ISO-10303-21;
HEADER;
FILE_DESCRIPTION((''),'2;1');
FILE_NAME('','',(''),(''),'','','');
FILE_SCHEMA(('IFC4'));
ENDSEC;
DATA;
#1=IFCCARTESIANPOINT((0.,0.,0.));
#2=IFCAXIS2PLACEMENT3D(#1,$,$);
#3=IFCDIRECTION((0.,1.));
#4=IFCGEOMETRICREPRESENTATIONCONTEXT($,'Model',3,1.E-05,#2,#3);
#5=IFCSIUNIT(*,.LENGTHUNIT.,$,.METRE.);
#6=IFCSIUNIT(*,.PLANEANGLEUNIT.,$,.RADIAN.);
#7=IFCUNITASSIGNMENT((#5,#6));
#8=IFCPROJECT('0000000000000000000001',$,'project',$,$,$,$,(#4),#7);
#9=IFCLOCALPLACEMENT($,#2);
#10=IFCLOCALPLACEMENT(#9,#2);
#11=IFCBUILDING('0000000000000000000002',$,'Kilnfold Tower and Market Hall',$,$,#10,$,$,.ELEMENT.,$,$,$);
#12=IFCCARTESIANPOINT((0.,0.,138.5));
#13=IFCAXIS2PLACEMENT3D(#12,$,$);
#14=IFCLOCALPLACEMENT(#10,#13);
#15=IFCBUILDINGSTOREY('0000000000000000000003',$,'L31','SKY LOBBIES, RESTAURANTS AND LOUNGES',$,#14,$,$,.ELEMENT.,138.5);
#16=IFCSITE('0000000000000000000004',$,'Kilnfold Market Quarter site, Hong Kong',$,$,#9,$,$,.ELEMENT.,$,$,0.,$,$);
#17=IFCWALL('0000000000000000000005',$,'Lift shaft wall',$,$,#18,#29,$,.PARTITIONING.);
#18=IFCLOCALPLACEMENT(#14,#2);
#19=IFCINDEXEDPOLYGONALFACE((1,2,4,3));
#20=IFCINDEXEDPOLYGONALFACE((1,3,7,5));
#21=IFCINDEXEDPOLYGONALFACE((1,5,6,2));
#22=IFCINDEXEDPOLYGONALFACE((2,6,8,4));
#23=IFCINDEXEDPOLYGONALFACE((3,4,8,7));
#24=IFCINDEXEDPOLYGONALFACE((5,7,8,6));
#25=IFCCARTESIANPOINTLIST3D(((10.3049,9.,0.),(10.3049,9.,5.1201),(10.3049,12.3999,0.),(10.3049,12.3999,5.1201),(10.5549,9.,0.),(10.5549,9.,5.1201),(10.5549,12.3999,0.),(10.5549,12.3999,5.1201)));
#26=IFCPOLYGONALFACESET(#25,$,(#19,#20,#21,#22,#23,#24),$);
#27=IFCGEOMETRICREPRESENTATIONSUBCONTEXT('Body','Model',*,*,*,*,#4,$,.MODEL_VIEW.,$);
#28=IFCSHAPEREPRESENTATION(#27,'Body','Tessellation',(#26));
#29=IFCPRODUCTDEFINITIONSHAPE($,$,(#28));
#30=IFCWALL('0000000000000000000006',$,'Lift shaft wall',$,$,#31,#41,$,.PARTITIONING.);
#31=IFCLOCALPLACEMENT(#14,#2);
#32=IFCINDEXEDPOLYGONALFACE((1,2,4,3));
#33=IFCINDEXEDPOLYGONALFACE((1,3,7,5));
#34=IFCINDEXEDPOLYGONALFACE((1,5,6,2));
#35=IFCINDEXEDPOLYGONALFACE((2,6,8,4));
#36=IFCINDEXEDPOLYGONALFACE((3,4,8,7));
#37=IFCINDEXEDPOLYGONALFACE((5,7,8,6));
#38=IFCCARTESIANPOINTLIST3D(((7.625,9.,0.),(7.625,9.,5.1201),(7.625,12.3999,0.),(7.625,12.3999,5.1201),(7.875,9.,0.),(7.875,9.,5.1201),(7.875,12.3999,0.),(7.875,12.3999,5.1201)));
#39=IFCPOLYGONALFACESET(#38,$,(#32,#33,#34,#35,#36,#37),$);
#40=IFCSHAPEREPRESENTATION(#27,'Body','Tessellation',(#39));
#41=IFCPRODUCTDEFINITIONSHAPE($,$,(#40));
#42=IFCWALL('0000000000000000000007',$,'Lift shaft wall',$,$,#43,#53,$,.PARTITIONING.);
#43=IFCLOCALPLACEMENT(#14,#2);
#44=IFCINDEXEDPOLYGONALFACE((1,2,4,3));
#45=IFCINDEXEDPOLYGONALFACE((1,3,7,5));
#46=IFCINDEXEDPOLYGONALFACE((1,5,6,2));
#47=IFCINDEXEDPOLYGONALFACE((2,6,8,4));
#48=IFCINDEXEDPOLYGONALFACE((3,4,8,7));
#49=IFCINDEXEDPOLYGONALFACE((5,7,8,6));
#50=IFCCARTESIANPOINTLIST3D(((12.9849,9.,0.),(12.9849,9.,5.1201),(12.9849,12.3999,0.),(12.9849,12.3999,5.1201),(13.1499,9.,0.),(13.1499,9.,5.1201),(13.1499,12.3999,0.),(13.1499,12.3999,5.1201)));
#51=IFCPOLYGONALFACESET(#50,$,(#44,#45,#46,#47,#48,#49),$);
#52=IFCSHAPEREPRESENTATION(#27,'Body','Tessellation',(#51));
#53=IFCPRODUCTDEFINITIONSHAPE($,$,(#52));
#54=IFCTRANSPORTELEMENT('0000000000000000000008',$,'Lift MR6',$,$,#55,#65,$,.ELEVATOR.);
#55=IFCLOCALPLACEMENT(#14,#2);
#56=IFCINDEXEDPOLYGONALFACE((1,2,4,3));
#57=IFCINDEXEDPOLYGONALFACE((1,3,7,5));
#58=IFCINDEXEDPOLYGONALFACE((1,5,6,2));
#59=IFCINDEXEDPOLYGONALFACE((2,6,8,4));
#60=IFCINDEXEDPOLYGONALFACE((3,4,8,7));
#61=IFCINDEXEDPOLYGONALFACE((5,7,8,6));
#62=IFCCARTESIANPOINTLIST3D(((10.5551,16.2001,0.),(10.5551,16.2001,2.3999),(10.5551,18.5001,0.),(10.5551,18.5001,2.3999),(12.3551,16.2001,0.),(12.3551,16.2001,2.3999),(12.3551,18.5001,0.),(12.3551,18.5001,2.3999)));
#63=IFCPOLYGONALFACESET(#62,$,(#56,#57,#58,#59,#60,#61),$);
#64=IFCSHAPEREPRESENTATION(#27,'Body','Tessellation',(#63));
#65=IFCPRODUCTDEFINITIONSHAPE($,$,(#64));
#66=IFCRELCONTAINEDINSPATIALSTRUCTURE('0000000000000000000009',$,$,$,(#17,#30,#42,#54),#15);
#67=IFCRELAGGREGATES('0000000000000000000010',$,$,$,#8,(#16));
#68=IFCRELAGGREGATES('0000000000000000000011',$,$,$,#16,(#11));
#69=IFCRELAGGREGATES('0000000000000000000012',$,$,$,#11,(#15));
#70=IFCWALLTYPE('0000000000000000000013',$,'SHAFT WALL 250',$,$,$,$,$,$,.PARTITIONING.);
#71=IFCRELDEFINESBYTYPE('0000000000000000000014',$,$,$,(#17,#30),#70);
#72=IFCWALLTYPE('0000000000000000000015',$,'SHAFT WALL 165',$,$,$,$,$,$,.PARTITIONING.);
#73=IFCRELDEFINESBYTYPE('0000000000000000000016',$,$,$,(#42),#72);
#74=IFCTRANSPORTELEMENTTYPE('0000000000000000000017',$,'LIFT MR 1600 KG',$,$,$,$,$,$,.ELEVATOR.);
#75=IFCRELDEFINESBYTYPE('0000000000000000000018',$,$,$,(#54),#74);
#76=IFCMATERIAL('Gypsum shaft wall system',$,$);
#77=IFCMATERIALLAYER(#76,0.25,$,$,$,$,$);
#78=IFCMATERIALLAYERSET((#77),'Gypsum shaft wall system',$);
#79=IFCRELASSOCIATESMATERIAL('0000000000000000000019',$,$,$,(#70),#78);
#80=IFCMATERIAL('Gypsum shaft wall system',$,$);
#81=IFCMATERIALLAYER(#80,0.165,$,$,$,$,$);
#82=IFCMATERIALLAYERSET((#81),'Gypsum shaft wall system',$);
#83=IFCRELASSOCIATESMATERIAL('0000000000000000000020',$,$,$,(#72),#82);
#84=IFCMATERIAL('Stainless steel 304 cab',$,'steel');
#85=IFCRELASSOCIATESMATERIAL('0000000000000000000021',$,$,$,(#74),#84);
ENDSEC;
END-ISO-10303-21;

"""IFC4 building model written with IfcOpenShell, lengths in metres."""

from ifc_helpers import new_model, si_unit, direction, frame, frame_2d, origin, origin_2d, place, context, subcontext, project, spatial, rectangle, extrude, source, transform, mapped, material, layer, layer_set, type_object, element, save


model = new_model("IFC4")

# Units and contexts
model_context = context("Model", 3, precision=1e-05, world=origin(), true_north=direction((0.0, 1.0)))
body_context = subcontext(model_context, "Body", "Model", "MODEL_VIEW")
ifc_project = project(units=[si_unit("LENGTHUNIT", "METRE"), si_unit("PLANEANGLEUNIT", "RADIAN")], contexts=[model_context])

# Site, building, storey
site_placement = place(None, origin())
site = spatial("IfcSite", under=ifc_project, at=site_placement, Name="Kilnfold Market Quarter site, Hong Kong", CompositionType="ELEMENT", RefElevation=0.0)
building_placement = place(site_placement, origin())
building = spatial("IfcBuilding", under=site, at=building_placement, Name="Kilnfold Tower and Market Hall", CompositionType="ELEMENT")
storey_placement = place(building_placement, frame((0.0, 0.0, 138.5)))
storey = spatial("IfcBuildingStorey", under=building, at=storey_placement, Name="L31", Description="SKY LOBBIES, RESTAURANTS AND LOUNGES", CompositionType="ELEMENT", Elevation=138.5)

# Walls
ifc_material_1 = material(Name="Gypsum shaft wall system")
ifc_layer_1 = layer(ifc_material_1, 0.25)
ifc_layer_set_1 = layer_set([ifc_layer_1], Name="Gypsum shaft wall system")
wall_type_1 = type_object("IfcWallType", Name="SHAFT WALL 250", PredefinedType="PARTITIONING", material=ifc_layer_set_1)
shared_shape_1 = source(origin(), body_context, "Body", "SweptSolid", [
    extrude(rectangle(XDim=3.3999, YDim=0.25, at=frame_2d((1.7, 0.0))), origin(), (0.0, 0.0, 1.0), 5.1201),
])
for number, where, z_axis, x_axis, name in (
    (1, (10.4299, 9.0, 0.0), (0.0, 0.0, 1.0), (0.0, 1.0, 0.0), "Lift shaft wall"),
    (2, (7.75, 9.0, 0.0), (0.0, 0.0, 1.0), (0.0, 1.0, 0.0), "Lift shaft wall"),
):
    element("IfcWall", number, at=place(storey_placement, frame(where, z_axis=z_axis, x_axis=x_axis)), inside=storey, type_object=wall_type_1, Name=name, PredefinedType="PARTITIONING", context=body_context, shape_type="MappedRepresentation", body=[
        mapped(shared_shape_1, transform((0.0, 0.0, 0.0))),
    ])
ifc_material_2 = material(Name="Gypsum shaft wall system")
ifc_layer_2 = layer(ifc_material_2, 0.165)
ifc_layer_set_2 = layer_set([ifc_layer_2], Name="Gypsum shaft wall system")
wall_type_2 = type_object("IfcWallType", Name="SHAFT WALL 165", PredefinedType="PARTITIONING", material=ifc_layer_set_2)
shared_shape_2 = source(origin(), body_context, "Body", "SweptSolid", [
    extrude(rectangle(XDim=3.3999, YDim=0.165, at=frame_2d((1.7, 0.0))), origin(), (0.0, 0.0, 1.0), 5.1201),
])
wall_1_placement = place(storey_placement, frame((13.0674, 9.0, 0.0), z_axis=(0.0, 0.0, 1.0), x_axis=(0.0, 1.0, 0.0)))
element("IfcWall", 3, at=wall_1_placement, inside=storey, type_object=wall_type_2, Name="Lift shaft wall", PredefinedType="PARTITIONING", context=body_context, shape_type="MappedRepresentation", body=[
    mapped(shared_shape_2, transform((0.0, 0.0, 0.0))),
])

# Transport element
ifc_material_3 = material(Name="Stainless steel 304 cab", Category="steel")
transport_element_type = type_object("IfcTransportElementType", Name="LIFT MR 1600 KG", PredefinedType="ELEVATOR", material=ifc_material_3)
shared_shape_3 = source(origin(), body_context, "Body", "SweptSolid", [
    extrude(rectangle(XDim=1.8, YDim=2.3, at=origin_2d()), origin(), (0.0, 0.0, 1.0), 2.3999),
])
transport_element_placement = place(storey_placement, frame((11.4551, 17.3501, 0.0), z_axis=(0.0, 0.0, 1.0), x_axis=(1.0, 0.0, 0.0)))
element("IfcTransportElement", 4, at=transport_element_placement, inside=storey, type_object=transport_element_type, Name="Lift MR6", PredefinedType="ELEVATOR", context=body_context, shape_type="MappedRepresentation", body=[
    mapped(shared_shape_3, transform((0.0, 0.0, 0.0))),
])

save(model, "model.ifc")
